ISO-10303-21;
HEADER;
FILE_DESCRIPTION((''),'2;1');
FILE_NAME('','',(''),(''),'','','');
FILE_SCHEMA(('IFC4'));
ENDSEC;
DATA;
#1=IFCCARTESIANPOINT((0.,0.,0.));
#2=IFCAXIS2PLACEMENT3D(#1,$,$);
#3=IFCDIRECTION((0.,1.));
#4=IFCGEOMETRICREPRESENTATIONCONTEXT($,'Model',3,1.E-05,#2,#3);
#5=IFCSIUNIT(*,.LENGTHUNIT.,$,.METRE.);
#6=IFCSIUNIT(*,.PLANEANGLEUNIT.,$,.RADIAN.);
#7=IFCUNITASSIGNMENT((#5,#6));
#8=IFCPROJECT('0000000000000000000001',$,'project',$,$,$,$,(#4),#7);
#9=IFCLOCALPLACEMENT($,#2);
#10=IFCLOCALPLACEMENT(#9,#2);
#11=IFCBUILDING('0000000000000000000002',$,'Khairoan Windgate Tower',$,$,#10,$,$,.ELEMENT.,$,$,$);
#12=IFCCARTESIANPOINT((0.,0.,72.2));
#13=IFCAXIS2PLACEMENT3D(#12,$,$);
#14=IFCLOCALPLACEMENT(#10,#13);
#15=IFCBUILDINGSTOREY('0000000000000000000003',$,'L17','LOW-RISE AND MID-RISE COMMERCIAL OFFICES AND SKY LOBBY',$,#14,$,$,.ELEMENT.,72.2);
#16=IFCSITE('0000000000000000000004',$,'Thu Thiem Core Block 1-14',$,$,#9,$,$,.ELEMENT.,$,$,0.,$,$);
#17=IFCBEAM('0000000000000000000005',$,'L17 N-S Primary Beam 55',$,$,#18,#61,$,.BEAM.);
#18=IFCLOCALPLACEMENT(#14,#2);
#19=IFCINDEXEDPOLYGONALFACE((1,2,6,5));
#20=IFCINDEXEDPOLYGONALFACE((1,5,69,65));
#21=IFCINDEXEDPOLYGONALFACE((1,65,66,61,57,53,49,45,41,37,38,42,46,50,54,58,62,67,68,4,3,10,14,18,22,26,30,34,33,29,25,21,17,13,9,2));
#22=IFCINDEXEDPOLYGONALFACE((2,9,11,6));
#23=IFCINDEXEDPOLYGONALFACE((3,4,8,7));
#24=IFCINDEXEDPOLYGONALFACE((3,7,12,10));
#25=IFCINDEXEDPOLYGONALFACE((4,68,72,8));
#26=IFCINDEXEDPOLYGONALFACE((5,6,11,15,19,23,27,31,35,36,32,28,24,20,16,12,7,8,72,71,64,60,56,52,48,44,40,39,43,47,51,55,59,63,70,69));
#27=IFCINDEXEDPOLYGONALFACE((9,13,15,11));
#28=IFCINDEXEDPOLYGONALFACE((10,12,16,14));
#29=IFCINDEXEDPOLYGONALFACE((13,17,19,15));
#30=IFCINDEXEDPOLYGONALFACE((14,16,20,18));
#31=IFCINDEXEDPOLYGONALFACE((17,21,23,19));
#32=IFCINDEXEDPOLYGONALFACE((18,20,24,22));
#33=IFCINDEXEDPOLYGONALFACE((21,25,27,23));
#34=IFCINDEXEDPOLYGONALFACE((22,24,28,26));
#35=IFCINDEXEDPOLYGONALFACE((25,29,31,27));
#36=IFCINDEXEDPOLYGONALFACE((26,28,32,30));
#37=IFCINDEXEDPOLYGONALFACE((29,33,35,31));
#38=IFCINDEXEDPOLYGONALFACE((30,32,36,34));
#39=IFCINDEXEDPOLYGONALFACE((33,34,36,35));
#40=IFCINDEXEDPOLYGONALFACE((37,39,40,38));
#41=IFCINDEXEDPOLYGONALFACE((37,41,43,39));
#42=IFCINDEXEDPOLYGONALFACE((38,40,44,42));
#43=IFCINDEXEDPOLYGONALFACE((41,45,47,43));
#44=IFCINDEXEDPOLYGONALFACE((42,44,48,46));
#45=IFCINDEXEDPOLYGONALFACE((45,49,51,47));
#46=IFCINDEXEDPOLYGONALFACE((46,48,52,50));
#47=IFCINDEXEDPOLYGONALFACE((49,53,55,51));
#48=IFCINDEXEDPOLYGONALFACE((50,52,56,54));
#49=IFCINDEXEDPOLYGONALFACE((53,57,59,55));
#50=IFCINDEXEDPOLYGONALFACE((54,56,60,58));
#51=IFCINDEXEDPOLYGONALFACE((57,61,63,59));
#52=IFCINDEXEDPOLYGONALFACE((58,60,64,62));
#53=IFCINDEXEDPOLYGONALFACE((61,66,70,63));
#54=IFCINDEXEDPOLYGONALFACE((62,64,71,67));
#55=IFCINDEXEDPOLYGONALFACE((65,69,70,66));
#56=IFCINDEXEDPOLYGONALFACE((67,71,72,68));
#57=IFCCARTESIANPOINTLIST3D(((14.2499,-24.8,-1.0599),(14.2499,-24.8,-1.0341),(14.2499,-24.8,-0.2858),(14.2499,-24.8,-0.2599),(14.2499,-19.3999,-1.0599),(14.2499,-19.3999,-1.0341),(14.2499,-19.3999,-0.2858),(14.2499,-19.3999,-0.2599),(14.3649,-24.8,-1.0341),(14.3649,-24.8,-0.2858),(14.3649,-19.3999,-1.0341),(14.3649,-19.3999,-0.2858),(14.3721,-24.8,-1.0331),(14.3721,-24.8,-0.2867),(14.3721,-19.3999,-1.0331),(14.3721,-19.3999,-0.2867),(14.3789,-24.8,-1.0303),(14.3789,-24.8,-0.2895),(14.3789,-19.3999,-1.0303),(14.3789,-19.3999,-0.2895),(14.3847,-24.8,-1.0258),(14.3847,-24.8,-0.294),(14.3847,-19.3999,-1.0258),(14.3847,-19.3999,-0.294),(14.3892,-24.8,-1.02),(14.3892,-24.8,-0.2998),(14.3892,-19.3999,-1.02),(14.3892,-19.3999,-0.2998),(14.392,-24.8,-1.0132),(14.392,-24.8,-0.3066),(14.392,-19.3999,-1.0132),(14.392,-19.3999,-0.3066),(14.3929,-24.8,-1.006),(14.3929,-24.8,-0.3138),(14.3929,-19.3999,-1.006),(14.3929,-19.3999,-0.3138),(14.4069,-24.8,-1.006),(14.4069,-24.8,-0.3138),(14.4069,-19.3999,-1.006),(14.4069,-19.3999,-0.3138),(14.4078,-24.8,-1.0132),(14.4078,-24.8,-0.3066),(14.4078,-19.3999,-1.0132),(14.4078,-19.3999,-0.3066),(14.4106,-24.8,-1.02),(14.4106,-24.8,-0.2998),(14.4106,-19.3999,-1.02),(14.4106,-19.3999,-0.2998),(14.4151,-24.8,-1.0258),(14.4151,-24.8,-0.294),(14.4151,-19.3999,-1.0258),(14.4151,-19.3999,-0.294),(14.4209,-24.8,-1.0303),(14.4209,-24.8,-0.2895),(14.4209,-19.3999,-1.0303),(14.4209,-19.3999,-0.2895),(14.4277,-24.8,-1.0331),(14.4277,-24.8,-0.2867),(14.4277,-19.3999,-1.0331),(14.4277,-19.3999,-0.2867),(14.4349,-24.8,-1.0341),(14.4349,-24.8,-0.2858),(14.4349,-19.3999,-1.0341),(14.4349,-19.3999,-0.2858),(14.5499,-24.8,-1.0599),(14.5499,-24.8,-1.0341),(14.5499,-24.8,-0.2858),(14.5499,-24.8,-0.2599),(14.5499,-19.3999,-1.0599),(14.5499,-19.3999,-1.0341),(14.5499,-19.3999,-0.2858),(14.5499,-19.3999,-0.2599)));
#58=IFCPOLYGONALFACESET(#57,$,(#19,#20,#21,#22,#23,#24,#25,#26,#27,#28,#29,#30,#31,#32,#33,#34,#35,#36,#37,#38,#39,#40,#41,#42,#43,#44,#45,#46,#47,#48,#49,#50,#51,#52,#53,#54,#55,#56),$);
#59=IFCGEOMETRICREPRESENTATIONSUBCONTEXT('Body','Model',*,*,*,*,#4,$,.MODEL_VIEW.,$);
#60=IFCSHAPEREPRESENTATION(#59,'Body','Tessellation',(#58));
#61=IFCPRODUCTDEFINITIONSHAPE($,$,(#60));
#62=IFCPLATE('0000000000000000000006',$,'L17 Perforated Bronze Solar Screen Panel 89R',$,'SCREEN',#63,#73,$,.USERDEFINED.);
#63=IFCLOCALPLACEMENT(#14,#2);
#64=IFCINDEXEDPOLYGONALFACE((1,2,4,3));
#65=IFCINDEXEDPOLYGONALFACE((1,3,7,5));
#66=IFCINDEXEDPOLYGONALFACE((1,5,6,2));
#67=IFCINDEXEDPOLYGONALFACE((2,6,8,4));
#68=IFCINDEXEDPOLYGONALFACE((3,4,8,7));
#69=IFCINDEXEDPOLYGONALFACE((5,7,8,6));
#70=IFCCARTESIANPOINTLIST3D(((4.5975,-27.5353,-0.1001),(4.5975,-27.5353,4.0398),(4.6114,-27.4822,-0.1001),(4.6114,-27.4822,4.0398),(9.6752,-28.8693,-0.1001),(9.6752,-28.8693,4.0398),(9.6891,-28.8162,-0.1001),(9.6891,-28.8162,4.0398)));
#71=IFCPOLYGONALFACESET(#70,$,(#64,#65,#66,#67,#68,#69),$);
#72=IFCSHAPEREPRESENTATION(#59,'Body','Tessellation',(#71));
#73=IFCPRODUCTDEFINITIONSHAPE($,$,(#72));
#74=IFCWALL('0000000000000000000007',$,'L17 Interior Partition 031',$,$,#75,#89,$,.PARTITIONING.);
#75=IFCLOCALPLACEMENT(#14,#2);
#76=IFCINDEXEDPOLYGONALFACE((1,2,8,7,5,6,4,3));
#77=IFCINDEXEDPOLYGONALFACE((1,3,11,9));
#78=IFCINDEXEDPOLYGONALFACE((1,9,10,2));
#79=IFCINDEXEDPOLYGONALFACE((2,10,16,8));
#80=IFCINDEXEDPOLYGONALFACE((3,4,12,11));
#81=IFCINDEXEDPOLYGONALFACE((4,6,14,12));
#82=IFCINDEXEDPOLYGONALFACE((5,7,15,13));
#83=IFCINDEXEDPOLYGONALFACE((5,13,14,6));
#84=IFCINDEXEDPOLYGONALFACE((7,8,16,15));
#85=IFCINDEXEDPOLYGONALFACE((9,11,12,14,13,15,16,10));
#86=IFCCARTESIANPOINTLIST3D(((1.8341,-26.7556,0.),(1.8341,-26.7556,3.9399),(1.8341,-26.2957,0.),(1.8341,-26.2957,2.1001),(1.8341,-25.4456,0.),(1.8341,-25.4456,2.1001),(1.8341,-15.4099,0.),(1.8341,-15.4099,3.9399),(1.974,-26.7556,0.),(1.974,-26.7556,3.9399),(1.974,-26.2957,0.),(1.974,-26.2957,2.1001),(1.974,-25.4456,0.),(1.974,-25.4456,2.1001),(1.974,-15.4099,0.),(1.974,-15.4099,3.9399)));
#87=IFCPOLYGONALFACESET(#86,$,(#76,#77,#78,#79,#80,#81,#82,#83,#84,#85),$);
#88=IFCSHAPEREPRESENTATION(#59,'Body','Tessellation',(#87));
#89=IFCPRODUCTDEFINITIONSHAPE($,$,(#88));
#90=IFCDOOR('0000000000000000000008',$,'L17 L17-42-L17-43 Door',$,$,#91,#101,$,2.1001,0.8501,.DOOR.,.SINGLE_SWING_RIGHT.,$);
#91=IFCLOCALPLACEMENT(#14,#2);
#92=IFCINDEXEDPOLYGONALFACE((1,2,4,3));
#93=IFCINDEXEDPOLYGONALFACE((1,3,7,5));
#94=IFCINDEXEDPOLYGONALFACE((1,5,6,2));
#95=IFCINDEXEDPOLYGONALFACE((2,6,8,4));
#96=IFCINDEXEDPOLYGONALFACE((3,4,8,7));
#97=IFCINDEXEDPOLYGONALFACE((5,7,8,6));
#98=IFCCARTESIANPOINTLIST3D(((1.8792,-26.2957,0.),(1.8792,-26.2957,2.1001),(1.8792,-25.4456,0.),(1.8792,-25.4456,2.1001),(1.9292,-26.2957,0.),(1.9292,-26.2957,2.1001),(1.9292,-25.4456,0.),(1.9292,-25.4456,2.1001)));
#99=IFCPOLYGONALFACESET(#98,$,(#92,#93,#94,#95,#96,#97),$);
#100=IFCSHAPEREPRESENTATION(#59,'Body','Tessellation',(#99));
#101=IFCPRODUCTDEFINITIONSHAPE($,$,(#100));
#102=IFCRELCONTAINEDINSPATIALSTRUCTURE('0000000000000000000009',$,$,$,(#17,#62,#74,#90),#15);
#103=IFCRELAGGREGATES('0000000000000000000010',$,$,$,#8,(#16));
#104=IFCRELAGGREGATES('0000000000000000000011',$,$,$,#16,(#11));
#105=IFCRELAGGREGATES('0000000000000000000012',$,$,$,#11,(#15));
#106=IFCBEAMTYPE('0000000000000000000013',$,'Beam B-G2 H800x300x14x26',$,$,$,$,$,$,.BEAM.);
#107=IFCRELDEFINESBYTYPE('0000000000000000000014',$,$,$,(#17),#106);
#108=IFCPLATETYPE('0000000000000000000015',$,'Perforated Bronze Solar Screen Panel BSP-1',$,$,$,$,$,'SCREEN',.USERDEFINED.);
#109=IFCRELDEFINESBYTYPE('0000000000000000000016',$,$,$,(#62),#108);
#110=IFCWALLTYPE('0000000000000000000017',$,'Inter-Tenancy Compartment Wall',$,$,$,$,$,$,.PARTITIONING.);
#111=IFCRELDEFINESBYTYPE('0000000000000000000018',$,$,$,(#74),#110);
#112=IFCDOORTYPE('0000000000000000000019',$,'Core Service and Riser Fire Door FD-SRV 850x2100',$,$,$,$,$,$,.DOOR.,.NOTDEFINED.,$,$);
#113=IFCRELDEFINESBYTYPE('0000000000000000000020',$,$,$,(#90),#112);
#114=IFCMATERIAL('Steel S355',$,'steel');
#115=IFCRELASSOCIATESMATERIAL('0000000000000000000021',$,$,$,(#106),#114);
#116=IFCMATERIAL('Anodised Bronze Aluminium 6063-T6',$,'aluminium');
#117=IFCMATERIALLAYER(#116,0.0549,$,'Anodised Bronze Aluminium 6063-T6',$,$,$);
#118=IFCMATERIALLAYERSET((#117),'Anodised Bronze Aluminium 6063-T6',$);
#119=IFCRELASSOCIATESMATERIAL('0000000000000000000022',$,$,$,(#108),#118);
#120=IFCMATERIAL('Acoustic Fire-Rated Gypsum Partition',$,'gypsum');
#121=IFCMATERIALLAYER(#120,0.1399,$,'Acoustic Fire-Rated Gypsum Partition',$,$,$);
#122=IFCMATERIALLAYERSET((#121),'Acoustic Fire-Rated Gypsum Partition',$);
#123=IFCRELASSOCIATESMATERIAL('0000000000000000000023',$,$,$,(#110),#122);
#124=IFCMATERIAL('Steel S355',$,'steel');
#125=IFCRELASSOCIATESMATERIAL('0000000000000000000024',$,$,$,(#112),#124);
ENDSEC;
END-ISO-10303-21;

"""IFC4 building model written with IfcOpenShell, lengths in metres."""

from ifc_helpers import new_model, si_unit, direction, frame, frame_2d, origin, origin_2d, place, context, subcontext, project, spatial, rectangle, i_section, extrude, material, layer, layer_set, material_profile, profile_set, type_object, element, fill, save


model = new_model("IFC4")

# Units and contexts
model_context = context("Model", 3, precision=1e-05, world=origin(), true_north=direction((0.0, 1.0)))
body_context = subcontext(model_context, "Body", "Model", "MODEL_VIEW")
ifc_project = project(units=[si_unit("LENGTHUNIT", "METRE"), si_unit("PLANEANGLEUNIT", "RADIAN")], contexts=[model_context])

# Site, building, storey
site_placement = place(None, origin())
site = spatial("IfcSite", under=ifc_project, at=site_placement, Name="Thu Thiem Core Block 1-14", CompositionType="ELEMENT", RefElevation=0.0)
building_placement = place(site_placement, origin())
building = spatial("IfcBuilding", under=site, at=building_placement, Name="Khairoan Windgate Tower", CompositionType="ELEMENT")
storey_placement = place(building_placement, frame((0.0, 0.0, 72.2)))
storey = spatial("IfcBuildingStorey", under=building, at=storey_placement, Name="L17", Description="LOW-RISE AND MID-RISE COMMERCIAL OFFICES AND SKY LOBBY", CompositionType="ELEMENT", Elevation=72.2)

# Beam
ifc_material_1 = material(Name="Steel S355", Category="steel")
ifc_material_profile_1 = material_profile(ifc_material_1, i_section(OverallWidth=0.3, OverallDepth=0.8, WebThickness=0.0139, FlangeThickness=0.0259, FilletRadius=0.0281, at=origin_2d()))
ifc_profile_set_1 = profile_set([ifc_material_profile_1], Name="Steel S355")
beam_type = type_object("IfcBeamType", Name="Beam B-G2 H800x300x14x26", PredefinedType="BEAM", material=ifc_profile_set_1)
beam_1_placement = place(storey_placement, frame((14.3999, -24.8, -0.6599), z_axis=(0.0, 1.0, 0.0), x_axis=(-1.0, 0.0, 0.0)))
element("IfcBeam", 1, at=beam_1_placement, inside=storey, type_object=beam_type, Name="L17 N-S Primary Beam 55", PredefinedType="BEAM", context=body_context, shape_type="SweptSolid", body=[
    extrude(i_section(OverallWidth=0.3, OverallDepth=0.8, WebThickness=0.0139, FlangeThickness=0.0259, FilletRadius=0.0281, at=origin_2d()), origin(), (0.0, 0.0, 1.0), 5.4001),
])

# Plate
ifc_material_2 = material(Name="Anodised Bronze Aluminium 6063-T6", Category="aluminium")
ifc_layer_1 = layer(ifc_material_2, 0.0549, Name="Anodised Bronze Aluminium 6063-T6")
ifc_layer_set_1 = layer_set([ifc_layer_1], Name="Anodised Bronze Aluminium 6063-T6")
plate_type = type_object("IfcPlateType", Name="Perforated Bronze Solar Screen Panel BSP-1", ElementType="SCREEN", PredefinedType="USERDEFINED", material=ifc_layer_set_1)
plate_placement = place(storey_placement, frame((7.1433, -28.1758, -0.1001), z_axis=(0.0, 0.0, 1.0), x_axis=(-0.967179, 0.254096, 0.0)))
element("IfcPlate", 2, at=plate_placement, inside=storey, type_object=plate_type, Name="L17 Perforated Bronze Solar Screen Panel 89R", ObjectType="SCREEN", PredefinedType="USERDEFINED", context=body_context, shape_type="SweptSolid", body=[
    extrude(rectangle(XDim=5.25, YDim=0.0549, at=origin_2d()), origin(), (0.0, 0.0, 1.0), 4.1399),
])

# Wall, opening, door
ifc_material_3 = material(Name="Acoustic Fire-Rated Gypsum Partition", Category="gypsum")
ifc_layer_2 = layer(ifc_material_3, 0.1399, Name="Acoustic Fire-Rated Gypsum Partition")
ifc_layer_set_2 = layer_set([ifc_layer_2], Name="Acoustic Fire-Rated Gypsum Partition")
wall_type_1 = type_object("IfcWallType", Name="Inter-Tenancy Compartment Wall", PredefinedType="PARTITIONING", material=ifc_layer_set_2)
wall_1_placement = place(storey_placement, frame((1.9041, -26.7556, 0.0), z_axis=(0.0, 0.0, 1.0), x_axis=(0.0, 1.0, 0.0)))
wall_1 = element("IfcWall", 3, at=wall_1_placement, inside=storey, type_object=wall_type_1, Name="L17 Interior Partition 031", PredefinedType="PARTITIONING", context=body_context, shape_type="SweptSolid", body=[
    extrude(rectangle(XDim=11.3457, YDim=0.1399, at=frame_2d((5.6729, 0.0))), origin(), (0.0, 0.0, 1.0), 3.9399),
])
opening_1_placement = place(wall_1_placement, frame((0.46, 0.0, 0.0)))
opening_1 = element("IfcOpeningElement", 4, at=opening_1_placement, cuts=wall_1, PredefinedType="OPENING", context=body_context, shape_type="SweptSolid", body=[
    extrude(rectangle(XDim=0.8501, YDim=2.1001, at=frame_2d((0.425, 1.05))), frame((0.0, 0.0798, 0.0), z_axis=(0.0, -1.0, 0.0), x_axis=(1.0, 0.0, 0.0)), (0.0, 0.0, 1.0), 0.1599),
])
ifc_material_4 = material(Name="Steel S355", Category="steel")
door_type_1 = type_object("IfcDoorType", Name="Core Service and Riser Fire Door FD-SRV 850x2100", OperationType="NOTDEFINED", PredefinedType="DOOR", material=ifc_material_4)
door_1_placement = place(opening_1_placement, origin())
door_1 = element("IfcDoor", 5, at=door_1_placement, inside=storey, type_object=door_type_1, Name="L17 L17-42-L17-43 Door", OperationType="SINGLE_SWING_RIGHT", OverallHeight=2.1001, OverallWidth=0.8501, PredefinedType="DOOR", context=body_context, shape_type="SweptSolid", body=[
    extrude(rectangle(XDim=0.8501, YDim=2.1001, at=frame_2d((0.425, 1.05))), frame((0.0, 0.0249, 0.0), z_axis=(0.0, -1.0, 0.0), x_axis=(1.0, 0.0, 0.0)), (0.0, 0.0, 1.0), 0.05),
])
fill(opening_1, door_1)

save(model, "model.ifc")
